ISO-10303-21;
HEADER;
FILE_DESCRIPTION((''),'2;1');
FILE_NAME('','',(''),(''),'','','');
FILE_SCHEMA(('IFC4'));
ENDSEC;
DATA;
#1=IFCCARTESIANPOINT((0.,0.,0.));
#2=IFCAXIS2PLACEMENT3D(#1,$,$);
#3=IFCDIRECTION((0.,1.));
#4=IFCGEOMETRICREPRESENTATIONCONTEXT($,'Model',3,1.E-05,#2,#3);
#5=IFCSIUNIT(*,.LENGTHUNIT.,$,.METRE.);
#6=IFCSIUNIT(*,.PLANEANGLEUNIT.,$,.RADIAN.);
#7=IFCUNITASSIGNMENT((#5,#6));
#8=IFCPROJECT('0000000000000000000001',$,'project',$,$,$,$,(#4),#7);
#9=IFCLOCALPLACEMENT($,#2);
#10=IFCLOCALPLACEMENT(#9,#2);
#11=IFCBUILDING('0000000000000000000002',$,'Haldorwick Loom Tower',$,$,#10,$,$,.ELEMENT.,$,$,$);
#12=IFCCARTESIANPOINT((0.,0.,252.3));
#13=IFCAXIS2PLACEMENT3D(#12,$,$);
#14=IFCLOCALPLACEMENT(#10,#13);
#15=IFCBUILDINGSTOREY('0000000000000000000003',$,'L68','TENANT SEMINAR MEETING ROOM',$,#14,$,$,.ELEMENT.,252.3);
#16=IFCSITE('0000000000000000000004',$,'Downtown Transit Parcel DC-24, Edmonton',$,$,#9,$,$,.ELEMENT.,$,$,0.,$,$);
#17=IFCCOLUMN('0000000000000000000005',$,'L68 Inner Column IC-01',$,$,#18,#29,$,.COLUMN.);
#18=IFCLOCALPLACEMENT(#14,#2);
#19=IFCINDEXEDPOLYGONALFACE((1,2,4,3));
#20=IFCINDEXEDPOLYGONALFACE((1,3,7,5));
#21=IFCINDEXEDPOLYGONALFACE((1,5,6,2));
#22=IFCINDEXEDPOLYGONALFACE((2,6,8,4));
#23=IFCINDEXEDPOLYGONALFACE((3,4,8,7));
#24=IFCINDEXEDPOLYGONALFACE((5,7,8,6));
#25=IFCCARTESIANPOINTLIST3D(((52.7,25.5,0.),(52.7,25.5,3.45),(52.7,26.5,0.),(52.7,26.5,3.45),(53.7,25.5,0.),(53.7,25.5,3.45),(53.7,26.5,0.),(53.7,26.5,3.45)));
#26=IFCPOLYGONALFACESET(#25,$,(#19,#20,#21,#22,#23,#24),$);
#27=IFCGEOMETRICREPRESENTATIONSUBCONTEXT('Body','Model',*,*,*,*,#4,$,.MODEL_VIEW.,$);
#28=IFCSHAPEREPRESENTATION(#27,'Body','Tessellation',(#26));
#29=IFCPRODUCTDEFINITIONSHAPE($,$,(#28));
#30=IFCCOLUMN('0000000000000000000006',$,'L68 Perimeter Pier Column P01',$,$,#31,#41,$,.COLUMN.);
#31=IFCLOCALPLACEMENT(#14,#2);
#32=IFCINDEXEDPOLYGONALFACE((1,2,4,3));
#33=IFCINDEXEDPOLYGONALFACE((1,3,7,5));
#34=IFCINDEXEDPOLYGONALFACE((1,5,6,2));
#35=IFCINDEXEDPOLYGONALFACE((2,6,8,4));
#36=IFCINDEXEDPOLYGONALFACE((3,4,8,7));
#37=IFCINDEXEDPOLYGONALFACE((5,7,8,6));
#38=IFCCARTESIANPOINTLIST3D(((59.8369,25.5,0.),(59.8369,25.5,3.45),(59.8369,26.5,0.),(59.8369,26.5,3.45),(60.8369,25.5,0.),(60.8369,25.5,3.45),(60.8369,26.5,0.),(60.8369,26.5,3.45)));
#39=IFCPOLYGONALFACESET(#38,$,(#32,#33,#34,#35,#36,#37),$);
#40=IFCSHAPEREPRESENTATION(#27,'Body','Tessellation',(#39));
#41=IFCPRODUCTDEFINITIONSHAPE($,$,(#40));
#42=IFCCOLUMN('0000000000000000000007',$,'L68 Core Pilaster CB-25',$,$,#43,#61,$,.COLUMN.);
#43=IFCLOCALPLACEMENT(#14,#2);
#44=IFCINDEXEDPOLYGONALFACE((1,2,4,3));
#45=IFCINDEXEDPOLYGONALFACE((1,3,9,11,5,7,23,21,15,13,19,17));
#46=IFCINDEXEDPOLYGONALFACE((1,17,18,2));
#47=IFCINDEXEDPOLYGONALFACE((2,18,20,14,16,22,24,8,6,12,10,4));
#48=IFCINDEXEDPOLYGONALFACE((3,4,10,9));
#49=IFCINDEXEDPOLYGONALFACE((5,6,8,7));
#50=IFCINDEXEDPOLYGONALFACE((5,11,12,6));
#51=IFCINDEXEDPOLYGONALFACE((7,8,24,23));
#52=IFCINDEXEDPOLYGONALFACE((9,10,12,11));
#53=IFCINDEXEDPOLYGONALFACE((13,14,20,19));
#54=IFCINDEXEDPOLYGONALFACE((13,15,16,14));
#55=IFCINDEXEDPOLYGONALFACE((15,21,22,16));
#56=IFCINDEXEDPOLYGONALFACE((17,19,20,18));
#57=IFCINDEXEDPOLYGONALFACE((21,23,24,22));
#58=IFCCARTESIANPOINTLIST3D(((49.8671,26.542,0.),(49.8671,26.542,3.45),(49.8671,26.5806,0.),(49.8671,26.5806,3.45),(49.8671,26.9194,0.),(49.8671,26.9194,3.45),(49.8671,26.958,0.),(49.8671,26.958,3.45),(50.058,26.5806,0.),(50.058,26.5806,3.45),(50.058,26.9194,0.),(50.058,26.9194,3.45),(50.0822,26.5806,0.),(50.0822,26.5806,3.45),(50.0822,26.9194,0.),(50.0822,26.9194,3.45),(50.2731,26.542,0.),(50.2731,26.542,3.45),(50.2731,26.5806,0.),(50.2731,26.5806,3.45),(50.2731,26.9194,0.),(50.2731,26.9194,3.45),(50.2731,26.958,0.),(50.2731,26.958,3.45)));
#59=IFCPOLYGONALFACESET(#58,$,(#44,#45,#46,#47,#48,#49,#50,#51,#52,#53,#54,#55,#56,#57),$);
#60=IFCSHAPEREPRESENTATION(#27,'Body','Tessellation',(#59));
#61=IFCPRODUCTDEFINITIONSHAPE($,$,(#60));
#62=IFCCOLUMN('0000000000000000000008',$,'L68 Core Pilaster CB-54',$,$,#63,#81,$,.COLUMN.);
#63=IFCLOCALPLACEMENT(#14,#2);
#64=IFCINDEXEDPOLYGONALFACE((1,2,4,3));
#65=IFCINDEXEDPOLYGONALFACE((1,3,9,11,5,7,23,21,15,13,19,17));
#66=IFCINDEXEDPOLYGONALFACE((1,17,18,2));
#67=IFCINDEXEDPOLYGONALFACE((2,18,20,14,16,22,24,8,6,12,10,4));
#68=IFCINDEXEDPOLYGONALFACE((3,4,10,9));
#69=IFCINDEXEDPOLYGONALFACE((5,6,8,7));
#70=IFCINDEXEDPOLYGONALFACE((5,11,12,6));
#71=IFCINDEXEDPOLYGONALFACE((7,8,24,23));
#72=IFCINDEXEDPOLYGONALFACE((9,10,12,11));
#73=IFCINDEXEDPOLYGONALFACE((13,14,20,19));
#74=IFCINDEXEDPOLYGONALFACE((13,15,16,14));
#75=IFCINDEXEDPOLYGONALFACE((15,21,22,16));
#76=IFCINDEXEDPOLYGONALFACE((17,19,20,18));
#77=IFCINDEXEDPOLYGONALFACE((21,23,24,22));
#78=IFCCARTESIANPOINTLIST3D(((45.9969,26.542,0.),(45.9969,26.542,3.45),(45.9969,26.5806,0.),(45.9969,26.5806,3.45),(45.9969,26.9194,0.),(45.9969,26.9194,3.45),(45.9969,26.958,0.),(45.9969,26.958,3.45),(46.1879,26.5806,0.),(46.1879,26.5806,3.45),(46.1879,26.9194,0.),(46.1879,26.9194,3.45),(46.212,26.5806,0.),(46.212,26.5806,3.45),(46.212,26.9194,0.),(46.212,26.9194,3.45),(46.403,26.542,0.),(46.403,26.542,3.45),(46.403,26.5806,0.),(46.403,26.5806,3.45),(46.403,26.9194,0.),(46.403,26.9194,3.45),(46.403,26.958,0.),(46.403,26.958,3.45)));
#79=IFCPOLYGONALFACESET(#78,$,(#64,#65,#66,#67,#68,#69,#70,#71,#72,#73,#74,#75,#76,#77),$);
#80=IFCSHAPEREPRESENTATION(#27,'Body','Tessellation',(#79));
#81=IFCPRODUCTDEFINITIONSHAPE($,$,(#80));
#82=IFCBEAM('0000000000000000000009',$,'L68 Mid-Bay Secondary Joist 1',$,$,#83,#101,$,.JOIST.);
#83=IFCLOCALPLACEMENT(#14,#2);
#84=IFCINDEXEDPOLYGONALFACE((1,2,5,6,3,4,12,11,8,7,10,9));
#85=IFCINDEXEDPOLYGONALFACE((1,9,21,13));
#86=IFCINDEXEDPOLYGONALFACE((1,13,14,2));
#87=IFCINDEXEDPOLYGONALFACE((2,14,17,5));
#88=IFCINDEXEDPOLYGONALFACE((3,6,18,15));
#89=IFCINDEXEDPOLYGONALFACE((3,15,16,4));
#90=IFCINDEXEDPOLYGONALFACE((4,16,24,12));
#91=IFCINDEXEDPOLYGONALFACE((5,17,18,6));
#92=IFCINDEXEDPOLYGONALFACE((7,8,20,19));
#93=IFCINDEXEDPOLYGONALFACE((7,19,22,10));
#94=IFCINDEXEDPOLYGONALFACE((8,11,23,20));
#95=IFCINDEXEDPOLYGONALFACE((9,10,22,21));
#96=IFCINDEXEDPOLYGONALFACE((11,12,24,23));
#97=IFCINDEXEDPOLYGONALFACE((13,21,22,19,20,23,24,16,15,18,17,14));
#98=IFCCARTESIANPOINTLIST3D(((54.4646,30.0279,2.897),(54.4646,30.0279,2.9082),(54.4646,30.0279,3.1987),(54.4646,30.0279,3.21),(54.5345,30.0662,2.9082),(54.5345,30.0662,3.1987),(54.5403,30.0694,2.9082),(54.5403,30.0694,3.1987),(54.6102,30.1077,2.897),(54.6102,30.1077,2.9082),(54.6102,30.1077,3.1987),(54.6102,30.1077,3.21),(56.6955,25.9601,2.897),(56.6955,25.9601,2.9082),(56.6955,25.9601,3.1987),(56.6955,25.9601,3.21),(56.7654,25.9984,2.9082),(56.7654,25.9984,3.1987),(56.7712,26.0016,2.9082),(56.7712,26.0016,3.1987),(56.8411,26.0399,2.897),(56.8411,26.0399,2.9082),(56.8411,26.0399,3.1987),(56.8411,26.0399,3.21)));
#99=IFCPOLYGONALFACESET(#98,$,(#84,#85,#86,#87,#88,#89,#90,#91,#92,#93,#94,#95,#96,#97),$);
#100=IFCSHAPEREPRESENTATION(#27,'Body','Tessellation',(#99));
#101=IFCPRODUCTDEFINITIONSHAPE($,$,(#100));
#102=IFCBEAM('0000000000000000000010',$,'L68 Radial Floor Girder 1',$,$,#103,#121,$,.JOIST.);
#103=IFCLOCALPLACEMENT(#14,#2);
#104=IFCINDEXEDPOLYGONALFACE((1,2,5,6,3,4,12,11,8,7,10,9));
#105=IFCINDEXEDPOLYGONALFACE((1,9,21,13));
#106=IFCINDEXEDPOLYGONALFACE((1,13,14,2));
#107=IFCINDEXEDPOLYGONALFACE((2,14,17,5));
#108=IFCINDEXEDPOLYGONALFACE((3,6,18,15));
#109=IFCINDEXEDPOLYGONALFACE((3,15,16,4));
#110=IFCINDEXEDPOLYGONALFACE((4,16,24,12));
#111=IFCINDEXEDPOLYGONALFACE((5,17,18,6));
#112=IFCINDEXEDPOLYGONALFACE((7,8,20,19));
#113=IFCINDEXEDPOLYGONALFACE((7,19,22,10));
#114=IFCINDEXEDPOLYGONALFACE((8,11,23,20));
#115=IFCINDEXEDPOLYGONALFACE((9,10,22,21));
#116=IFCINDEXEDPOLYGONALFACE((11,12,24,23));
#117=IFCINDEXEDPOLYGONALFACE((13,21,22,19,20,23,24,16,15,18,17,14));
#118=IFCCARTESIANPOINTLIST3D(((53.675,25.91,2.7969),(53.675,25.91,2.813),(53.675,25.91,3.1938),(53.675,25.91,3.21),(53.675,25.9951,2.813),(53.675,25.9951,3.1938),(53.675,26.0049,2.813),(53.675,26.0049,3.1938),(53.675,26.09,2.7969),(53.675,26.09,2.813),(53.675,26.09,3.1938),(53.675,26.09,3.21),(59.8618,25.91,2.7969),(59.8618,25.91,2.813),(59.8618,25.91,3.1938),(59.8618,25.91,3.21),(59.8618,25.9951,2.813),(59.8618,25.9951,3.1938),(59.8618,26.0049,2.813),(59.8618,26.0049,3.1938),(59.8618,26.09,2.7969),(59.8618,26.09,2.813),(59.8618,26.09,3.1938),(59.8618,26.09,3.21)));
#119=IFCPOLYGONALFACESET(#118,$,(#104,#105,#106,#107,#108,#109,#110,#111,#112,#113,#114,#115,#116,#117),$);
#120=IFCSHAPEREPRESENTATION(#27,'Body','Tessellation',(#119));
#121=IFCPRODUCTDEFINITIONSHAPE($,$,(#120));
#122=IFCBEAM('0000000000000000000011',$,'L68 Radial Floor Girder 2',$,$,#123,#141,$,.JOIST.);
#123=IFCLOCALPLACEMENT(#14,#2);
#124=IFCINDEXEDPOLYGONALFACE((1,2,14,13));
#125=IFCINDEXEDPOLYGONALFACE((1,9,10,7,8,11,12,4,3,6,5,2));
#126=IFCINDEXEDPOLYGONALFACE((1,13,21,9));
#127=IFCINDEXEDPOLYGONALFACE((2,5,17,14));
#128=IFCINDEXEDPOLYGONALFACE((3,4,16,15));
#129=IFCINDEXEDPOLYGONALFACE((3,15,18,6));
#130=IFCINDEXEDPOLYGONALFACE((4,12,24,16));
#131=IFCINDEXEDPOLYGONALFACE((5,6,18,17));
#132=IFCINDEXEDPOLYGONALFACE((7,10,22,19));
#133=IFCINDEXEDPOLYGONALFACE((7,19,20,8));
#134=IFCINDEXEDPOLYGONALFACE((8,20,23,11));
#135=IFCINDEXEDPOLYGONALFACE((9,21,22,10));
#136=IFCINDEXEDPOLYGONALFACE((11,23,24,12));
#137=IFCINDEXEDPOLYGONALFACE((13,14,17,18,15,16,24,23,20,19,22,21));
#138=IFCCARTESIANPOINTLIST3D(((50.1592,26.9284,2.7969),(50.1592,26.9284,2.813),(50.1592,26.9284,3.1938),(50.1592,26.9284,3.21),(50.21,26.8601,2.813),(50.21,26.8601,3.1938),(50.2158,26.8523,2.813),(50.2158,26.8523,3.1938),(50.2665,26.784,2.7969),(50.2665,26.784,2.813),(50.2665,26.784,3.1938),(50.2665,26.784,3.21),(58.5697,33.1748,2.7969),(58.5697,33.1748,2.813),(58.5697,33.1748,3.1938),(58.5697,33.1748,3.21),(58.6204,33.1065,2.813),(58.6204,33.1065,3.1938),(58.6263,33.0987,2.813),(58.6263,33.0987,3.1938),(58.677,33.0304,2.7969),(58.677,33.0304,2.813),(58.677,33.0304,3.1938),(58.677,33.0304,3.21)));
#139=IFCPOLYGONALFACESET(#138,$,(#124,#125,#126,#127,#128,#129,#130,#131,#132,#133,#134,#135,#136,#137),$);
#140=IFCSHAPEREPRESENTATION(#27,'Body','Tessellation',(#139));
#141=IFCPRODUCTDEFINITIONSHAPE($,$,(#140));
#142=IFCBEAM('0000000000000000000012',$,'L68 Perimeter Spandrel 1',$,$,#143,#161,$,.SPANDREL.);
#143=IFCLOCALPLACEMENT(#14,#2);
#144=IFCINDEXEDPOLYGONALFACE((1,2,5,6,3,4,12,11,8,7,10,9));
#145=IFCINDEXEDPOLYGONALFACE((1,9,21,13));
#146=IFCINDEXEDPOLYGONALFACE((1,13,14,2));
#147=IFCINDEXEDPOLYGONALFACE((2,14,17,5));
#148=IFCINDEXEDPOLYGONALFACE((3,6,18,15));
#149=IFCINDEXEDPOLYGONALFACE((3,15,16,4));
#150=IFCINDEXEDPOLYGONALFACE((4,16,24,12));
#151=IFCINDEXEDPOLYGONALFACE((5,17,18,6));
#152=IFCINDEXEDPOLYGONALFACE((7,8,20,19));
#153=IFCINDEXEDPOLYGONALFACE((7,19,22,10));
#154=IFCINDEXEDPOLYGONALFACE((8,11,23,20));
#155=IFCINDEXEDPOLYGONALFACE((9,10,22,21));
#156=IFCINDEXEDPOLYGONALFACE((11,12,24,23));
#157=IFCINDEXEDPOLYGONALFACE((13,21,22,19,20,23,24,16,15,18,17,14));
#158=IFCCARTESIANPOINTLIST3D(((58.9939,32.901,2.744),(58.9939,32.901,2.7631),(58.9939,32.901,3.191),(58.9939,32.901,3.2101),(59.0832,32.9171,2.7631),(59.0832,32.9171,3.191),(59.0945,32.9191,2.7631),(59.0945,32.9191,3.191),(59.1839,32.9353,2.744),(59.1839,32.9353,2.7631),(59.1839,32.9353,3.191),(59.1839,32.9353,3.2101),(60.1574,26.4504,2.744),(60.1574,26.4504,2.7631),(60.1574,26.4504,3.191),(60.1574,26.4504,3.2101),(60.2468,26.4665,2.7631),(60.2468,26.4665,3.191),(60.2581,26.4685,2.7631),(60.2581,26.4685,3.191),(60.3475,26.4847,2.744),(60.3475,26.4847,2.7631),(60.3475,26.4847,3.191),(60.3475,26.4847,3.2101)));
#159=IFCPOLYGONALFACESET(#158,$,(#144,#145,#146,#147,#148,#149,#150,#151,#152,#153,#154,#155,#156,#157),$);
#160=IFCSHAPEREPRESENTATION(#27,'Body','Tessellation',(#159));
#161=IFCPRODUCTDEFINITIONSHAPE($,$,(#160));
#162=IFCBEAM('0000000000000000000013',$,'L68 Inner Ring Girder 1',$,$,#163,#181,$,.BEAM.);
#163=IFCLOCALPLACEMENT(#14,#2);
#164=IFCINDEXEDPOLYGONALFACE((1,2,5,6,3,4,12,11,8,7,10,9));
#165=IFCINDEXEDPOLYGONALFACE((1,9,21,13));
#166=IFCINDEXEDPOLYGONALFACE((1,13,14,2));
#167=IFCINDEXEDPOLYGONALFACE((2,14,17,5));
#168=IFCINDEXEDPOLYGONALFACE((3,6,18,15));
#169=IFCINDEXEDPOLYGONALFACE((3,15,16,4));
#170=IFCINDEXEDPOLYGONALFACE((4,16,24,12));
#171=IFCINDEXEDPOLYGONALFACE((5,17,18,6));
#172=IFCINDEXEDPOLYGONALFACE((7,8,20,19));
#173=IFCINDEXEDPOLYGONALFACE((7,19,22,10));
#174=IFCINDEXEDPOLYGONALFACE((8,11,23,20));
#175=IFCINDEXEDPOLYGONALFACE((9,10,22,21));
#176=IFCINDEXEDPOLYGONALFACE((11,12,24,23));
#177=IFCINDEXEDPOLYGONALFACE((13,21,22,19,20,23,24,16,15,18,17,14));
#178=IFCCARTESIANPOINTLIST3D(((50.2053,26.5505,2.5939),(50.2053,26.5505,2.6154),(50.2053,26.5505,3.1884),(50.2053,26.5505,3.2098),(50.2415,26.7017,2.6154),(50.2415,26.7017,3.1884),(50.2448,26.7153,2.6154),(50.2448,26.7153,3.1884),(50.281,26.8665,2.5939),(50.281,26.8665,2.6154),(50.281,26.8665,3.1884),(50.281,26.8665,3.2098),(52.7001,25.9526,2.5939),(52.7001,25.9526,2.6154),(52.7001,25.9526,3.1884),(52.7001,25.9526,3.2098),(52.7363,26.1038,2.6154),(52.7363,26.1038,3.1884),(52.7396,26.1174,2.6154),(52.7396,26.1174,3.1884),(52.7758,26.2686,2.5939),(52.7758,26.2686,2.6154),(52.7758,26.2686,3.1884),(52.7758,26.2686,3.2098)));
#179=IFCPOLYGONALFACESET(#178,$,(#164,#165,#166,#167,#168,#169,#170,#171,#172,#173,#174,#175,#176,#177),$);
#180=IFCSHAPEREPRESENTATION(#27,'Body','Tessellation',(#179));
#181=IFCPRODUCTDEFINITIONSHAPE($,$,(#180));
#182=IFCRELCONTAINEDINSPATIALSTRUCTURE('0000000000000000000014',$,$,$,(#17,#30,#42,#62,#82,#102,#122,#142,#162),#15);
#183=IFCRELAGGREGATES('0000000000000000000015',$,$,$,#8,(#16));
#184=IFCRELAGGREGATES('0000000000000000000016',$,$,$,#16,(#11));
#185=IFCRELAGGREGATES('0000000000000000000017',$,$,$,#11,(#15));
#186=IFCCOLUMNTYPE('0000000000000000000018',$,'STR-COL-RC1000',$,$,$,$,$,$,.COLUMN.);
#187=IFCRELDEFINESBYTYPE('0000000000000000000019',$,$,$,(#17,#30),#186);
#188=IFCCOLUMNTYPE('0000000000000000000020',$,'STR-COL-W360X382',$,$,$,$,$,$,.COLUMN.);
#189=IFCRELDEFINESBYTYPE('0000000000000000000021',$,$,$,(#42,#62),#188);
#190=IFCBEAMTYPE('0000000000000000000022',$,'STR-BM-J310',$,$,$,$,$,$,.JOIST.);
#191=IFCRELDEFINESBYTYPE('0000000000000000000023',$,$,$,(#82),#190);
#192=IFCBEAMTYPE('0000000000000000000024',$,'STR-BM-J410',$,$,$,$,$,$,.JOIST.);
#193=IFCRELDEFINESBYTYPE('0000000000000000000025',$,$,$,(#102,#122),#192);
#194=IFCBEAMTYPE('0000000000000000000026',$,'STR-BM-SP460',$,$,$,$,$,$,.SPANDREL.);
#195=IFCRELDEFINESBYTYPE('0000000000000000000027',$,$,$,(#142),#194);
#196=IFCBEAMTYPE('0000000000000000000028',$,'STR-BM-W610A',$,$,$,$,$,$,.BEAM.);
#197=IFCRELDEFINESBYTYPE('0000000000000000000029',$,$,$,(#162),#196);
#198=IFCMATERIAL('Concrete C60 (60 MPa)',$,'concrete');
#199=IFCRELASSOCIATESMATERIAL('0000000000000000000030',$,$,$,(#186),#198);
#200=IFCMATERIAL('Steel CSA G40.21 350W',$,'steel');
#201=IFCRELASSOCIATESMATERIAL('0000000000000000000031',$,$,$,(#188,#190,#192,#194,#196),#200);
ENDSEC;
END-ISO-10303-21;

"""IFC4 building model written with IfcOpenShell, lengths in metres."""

from ifc_helpers import new_model, si_unit, direction, frame, origin, origin_2d, place, context, subcontext, project, spatial, rectangle, i_section, extrude, material, material_profile, profile_set, type_object, element, save


model = new_model("IFC4")

# Units and contexts
model_context = context("Model", 3, precision=1e-05, world=origin(), true_north=direction((0.0, 1.0)))
body_context = subcontext(model_context, "Body", "Model", "MODEL_VIEW")
ifc_project = project(units=[si_unit("LENGTHUNIT", "METRE"), si_unit("PLANEANGLEUNIT", "RADIAN")], contexts=[model_context])

# Site, building, storey
site_placement = place(None, origin())
site = spatial("IfcSite", under=ifc_project, at=site_placement, Name="Downtown Transit Parcel DC-24, Edmonton", CompositionType="ELEMENT", RefElevation=0.0)
building_placement = place(site_placement, origin())
building = spatial("IfcBuilding", under=site, at=building_placement, Name="Haldorwick Loom Tower", CompositionType="ELEMENT")
storey_placement = place(building_placement, frame((0.0, 0.0, 252.3)))
storey = spatial("IfcBuildingStorey", under=building, at=storey_placement, Name="L68", Description="TENANT SEMINAR MEETING ROOM", CompositionType="ELEMENT", Elevation=252.3)

# Columns
ifc_material_1 = material(Name="Concrete C60 (60 MPa)", Category="concrete")
ifc_material_profile_1 = material_profile(ifc_material_1, rectangle(XDim=1.0, YDim=1.0, at=origin_2d()), Name="RC1000X1000", Category="concrete")
ifc_profile_set_1 = profile_set([ifc_material_profile_1], Name="Concrete C60 (60 MPa)")
column_type_1 = type_object("IfcColumnType", Name="STR-COL-RC1000", PredefinedType="COLUMN", material=ifc_profile_set_1)
for number, where, z_axis, x_axis, name in (
    (1, (53.2, 26.0, 0.0), (0.0, 0.0, 1.0), (1.0, 0.0, 0.0), "L68 Inner Column IC-01"),
    (2, (60.3369, 26.0, 0.0), (0.0, 0.0, 1.0), (1.0, 0.0, 0.0), "L68 Perimeter Pier Column P01"),
):
    element("IfcColumn", number, at=place(storey_placement, frame(where, z_axis=z_axis, x_axis=x_axis)), inside=storey, type_object=column_type_1, Name=name, PredefinedType="COLUMN", context=body_context, shape_type="SweptSolid", body=[
        extrude(rectangle(XDim=1.0, YDim=1.0, at=origin_2d()), origin(), (0.0, 0.0, 1.0), 3.45),
    ])
ifc_material_2 = material(Name="Steel CSA G40.21 350W", Category="steel")
ifc_material_profile_2 = material_profile(ifc_material_2, i_section(OverallWidth=0.406, OverallDepth=0.416, WebThickness=0.0242, FlangeThickness=0.0386, at=origin_2d()), Name="W360X382", Category="steel")
ifc_profile_set_2 = profile_set([ifc_material_profile_2], Name="Steel CSA G40.21 350W")
column_type_2 = type_object("IfcColumnType", Name="STR-COL-W360X382", PredefinedType="COLUMN", material=ifc_profile_set_2)
for number, where, z_axis, x_axis, name in (
    (3, (50.0701, 26.75, 0.0), (0.0, 0.0, 1.0), (1.0, 0.0, 0.0), "L68 Core Pilaster CB-25"),
    (4, (46.2, 26.75, 0.0), (0.0, 0.0, 1.0), (1.0, 0.0, 0.0), "L68 Core Pilaster CB-54"),
):
    element("IfcColumn", number, at=place(storey_placement, frame(where, z_axis=z_axis, x_axis=x_axis)), inside=storey, type_object=column_type_2, Name=name, PredefinedType="COLUMN", context=body_context, shape_type="SweptSolid", body=[
        extrude(i_section(OverallWidth=0.406, OverallDepth=0.416, WebThickness=0.0242, FlangeThickness=0.0386, at=origin_2d()), origin(), (0.0, 0.0, 1.0), 3.45),
    ])

# Beams
ifc_material_profile_3 = material_profile(ifc_material_2, i_section(OverallWidth=0.166, OverallDepth=0.313, WebThickness=0.0066, FlangeThickness=0.0112, at=origin_2d()), Name="W310X45", Category="steel")
ifc_profile_set_3 = profile_set([ifc_material_profile_3], Name="Steel CSA G40.21 350W")
beam_type_1 = type_object("IfcBeamType", Name="STR-BM-J310", PredefinedType="JOIST", material=ifc_profile_set_3)
beam_1_placement = place(storey_placement, frame((56.7683, 26.0, 3.0535), z_axis=(-0.480864, 0.876795, 0.0), x_axis=(-0.876795, -0.480864, 0.0)))
element("IfcBeam", 5, at=beam_1_placement, inside=storey, type_object=beam_type_1, Name="L68 Mid-Bay Secondary Joist 1", PredefinedType="JOIST", context=body_context, shape_type="SweptSolid", body=[
    extrude(i_section(OverallWidth=0.166, OverallDepth=0.313, WebThickness=0.0066, FlangeThickness=0.0112, at=origin_2d()), origin(), (0.0, 0.0, 1.0), 4.6394),
])
ifc_material_profile_4 = material_profile(ifc_material_2, i_section(OverallWidth=0.1799, OverallDepth=0.4131, WebThickness=0.0098, FlangeThickness=0.0161, at=origin_2d()), Name="W410X74", Category="steel")
ifc_profile_set_4 = profile_set([ifc_material_profile_4], Name="Steel CSA G40.21 350W")
beam_type_2 = type_object("IfcBeamType", Name="STR-BM-J410", PredefinedType="JOIST", material=ifc_profile_set_4)
beam_2_placement = place(storey_placement, frame((53.675, 26.0, 3.0034), z_axis=(1.0, 0.0, 0.0), x_axis=(0.0, 1.0, 0.0)))
element("IfcBeam", 6, at=beam_2_placement, inside=storey, type_object=beam_type_2, Name="L68 Radial Floor Girder 1", PredefinedType="JOIST", context=body_context, shape_type="SweptSolid", body=[
    extrude(i_section(OverallWidth=0.1799, OverallDepth=0.4131, WebThickness=0.0098, FlangeThickness=0.0161, at=origin_2d()), origin(), (0.0, 0.0, 1.0), 6.1868),
])
beam_3_placement = place(storey_placement, frame((50.2129, 26.8562, 3.0034), z_axis=(0.802807, 0.596239, 0.0), x_axis=(-0.596239, 0.802807, 0.0)))
element("IfcBeam", 7, at=beam_3_placement, inside=storey, type_object=beam_type_2, Name="L68 Radial Floor Girder 2", PredefinedType="JOIST", context=body_context, shape_type="SweptSolid", body=[
    extrude(i_section(OverallWidth=0.1799, OverallDepth=0.4131, WebThickness=0.0098, FlangeThickness=0.0161, at=origin_2d()), origin(), (0.0, 0.0, 1.0), 10.4763),
])
ifc_material_profile_5 = material_profile(ifc_material_2, i_section(OverallWidth=0.1931, OverallDepth=0.4661, WebThickness=0.0115, FlangeThickness=0.019, at=origin_2d()), Name="W460X97", Category="steel")
ifc_profile_set_5 = profile_set([ifc_material_profile_5], Name="Steel CSA G40.21 350W")
beam_type_3 = type_object("IfcBeamType", Name="STR-BM-SP460", PredefinedType="SPANDREL", material=ifc_profile_set_5)
beam_4_placement = place(storey_placement, frame((60.2524, 26.4675, 2.9771), z_axis=(-0.177515, 0.984118, 0.0), x_axis=(-0.984118, -0.177515, 0.0)))
element("IfcBeam", 8, at=beam_4_placement, inside=storey, type_object=beam_type_3, Name="L68 Perimeter Spandrel 1", PredefinedType="SPANDREL", context=body_context, shape_type="SweptSolid", body=[
    extrude(i_section(OverallWidth=0.1931, OverallDepth=0.4661, WebThickness=0.0115, FlangeThickness=0.019, at=origin_2d()), origin(), (0.0, 0.0, 1.0), 6.5547),
])
ifc_material_profile_6 = material_profile(ifc_material_2, i_section(OverallWidth=0.325, OverallDepth=0.616, WebThickness=0.0139, FlangeThickness=0.0215, at=origin_2d()), Name="W610X174", Category="steel")
ifc_profile_set_6 = profile_set([ifc_material_profile_6], Name="Steel CSA G40.21 350W")
beam_type_4 = type_object("IfcBeamType", Name="STR-BM-W610A", PredefinedType="BEAM", material=ifc_profile_set_6)
beam_5_placement = place(storey_placement, frame((50.2432, 26.7085, 2.9019), z_axis=(0.972464, -0.233053, 0.0), x_axis=(0.233053, 0.972464, 0.0)))
element("IfcBeam", 9, at=beam_5_placement, inside=storey, type_object=beam_type_4, Name="L68 Inner Ring Girder 1", PredefinedType="BEAM", context=body_context, shape_type="SweptSolid", body=[
    extrude(i_section(OverallWidth=0.325, OverallDepth=0.616, WebThickness=0.0139, FlangeThickness=0.0215, at=origin_2d()), origin(), (0.0, 0.0, 1.0), 2.5654),
])

save(model, "model.ifc")
